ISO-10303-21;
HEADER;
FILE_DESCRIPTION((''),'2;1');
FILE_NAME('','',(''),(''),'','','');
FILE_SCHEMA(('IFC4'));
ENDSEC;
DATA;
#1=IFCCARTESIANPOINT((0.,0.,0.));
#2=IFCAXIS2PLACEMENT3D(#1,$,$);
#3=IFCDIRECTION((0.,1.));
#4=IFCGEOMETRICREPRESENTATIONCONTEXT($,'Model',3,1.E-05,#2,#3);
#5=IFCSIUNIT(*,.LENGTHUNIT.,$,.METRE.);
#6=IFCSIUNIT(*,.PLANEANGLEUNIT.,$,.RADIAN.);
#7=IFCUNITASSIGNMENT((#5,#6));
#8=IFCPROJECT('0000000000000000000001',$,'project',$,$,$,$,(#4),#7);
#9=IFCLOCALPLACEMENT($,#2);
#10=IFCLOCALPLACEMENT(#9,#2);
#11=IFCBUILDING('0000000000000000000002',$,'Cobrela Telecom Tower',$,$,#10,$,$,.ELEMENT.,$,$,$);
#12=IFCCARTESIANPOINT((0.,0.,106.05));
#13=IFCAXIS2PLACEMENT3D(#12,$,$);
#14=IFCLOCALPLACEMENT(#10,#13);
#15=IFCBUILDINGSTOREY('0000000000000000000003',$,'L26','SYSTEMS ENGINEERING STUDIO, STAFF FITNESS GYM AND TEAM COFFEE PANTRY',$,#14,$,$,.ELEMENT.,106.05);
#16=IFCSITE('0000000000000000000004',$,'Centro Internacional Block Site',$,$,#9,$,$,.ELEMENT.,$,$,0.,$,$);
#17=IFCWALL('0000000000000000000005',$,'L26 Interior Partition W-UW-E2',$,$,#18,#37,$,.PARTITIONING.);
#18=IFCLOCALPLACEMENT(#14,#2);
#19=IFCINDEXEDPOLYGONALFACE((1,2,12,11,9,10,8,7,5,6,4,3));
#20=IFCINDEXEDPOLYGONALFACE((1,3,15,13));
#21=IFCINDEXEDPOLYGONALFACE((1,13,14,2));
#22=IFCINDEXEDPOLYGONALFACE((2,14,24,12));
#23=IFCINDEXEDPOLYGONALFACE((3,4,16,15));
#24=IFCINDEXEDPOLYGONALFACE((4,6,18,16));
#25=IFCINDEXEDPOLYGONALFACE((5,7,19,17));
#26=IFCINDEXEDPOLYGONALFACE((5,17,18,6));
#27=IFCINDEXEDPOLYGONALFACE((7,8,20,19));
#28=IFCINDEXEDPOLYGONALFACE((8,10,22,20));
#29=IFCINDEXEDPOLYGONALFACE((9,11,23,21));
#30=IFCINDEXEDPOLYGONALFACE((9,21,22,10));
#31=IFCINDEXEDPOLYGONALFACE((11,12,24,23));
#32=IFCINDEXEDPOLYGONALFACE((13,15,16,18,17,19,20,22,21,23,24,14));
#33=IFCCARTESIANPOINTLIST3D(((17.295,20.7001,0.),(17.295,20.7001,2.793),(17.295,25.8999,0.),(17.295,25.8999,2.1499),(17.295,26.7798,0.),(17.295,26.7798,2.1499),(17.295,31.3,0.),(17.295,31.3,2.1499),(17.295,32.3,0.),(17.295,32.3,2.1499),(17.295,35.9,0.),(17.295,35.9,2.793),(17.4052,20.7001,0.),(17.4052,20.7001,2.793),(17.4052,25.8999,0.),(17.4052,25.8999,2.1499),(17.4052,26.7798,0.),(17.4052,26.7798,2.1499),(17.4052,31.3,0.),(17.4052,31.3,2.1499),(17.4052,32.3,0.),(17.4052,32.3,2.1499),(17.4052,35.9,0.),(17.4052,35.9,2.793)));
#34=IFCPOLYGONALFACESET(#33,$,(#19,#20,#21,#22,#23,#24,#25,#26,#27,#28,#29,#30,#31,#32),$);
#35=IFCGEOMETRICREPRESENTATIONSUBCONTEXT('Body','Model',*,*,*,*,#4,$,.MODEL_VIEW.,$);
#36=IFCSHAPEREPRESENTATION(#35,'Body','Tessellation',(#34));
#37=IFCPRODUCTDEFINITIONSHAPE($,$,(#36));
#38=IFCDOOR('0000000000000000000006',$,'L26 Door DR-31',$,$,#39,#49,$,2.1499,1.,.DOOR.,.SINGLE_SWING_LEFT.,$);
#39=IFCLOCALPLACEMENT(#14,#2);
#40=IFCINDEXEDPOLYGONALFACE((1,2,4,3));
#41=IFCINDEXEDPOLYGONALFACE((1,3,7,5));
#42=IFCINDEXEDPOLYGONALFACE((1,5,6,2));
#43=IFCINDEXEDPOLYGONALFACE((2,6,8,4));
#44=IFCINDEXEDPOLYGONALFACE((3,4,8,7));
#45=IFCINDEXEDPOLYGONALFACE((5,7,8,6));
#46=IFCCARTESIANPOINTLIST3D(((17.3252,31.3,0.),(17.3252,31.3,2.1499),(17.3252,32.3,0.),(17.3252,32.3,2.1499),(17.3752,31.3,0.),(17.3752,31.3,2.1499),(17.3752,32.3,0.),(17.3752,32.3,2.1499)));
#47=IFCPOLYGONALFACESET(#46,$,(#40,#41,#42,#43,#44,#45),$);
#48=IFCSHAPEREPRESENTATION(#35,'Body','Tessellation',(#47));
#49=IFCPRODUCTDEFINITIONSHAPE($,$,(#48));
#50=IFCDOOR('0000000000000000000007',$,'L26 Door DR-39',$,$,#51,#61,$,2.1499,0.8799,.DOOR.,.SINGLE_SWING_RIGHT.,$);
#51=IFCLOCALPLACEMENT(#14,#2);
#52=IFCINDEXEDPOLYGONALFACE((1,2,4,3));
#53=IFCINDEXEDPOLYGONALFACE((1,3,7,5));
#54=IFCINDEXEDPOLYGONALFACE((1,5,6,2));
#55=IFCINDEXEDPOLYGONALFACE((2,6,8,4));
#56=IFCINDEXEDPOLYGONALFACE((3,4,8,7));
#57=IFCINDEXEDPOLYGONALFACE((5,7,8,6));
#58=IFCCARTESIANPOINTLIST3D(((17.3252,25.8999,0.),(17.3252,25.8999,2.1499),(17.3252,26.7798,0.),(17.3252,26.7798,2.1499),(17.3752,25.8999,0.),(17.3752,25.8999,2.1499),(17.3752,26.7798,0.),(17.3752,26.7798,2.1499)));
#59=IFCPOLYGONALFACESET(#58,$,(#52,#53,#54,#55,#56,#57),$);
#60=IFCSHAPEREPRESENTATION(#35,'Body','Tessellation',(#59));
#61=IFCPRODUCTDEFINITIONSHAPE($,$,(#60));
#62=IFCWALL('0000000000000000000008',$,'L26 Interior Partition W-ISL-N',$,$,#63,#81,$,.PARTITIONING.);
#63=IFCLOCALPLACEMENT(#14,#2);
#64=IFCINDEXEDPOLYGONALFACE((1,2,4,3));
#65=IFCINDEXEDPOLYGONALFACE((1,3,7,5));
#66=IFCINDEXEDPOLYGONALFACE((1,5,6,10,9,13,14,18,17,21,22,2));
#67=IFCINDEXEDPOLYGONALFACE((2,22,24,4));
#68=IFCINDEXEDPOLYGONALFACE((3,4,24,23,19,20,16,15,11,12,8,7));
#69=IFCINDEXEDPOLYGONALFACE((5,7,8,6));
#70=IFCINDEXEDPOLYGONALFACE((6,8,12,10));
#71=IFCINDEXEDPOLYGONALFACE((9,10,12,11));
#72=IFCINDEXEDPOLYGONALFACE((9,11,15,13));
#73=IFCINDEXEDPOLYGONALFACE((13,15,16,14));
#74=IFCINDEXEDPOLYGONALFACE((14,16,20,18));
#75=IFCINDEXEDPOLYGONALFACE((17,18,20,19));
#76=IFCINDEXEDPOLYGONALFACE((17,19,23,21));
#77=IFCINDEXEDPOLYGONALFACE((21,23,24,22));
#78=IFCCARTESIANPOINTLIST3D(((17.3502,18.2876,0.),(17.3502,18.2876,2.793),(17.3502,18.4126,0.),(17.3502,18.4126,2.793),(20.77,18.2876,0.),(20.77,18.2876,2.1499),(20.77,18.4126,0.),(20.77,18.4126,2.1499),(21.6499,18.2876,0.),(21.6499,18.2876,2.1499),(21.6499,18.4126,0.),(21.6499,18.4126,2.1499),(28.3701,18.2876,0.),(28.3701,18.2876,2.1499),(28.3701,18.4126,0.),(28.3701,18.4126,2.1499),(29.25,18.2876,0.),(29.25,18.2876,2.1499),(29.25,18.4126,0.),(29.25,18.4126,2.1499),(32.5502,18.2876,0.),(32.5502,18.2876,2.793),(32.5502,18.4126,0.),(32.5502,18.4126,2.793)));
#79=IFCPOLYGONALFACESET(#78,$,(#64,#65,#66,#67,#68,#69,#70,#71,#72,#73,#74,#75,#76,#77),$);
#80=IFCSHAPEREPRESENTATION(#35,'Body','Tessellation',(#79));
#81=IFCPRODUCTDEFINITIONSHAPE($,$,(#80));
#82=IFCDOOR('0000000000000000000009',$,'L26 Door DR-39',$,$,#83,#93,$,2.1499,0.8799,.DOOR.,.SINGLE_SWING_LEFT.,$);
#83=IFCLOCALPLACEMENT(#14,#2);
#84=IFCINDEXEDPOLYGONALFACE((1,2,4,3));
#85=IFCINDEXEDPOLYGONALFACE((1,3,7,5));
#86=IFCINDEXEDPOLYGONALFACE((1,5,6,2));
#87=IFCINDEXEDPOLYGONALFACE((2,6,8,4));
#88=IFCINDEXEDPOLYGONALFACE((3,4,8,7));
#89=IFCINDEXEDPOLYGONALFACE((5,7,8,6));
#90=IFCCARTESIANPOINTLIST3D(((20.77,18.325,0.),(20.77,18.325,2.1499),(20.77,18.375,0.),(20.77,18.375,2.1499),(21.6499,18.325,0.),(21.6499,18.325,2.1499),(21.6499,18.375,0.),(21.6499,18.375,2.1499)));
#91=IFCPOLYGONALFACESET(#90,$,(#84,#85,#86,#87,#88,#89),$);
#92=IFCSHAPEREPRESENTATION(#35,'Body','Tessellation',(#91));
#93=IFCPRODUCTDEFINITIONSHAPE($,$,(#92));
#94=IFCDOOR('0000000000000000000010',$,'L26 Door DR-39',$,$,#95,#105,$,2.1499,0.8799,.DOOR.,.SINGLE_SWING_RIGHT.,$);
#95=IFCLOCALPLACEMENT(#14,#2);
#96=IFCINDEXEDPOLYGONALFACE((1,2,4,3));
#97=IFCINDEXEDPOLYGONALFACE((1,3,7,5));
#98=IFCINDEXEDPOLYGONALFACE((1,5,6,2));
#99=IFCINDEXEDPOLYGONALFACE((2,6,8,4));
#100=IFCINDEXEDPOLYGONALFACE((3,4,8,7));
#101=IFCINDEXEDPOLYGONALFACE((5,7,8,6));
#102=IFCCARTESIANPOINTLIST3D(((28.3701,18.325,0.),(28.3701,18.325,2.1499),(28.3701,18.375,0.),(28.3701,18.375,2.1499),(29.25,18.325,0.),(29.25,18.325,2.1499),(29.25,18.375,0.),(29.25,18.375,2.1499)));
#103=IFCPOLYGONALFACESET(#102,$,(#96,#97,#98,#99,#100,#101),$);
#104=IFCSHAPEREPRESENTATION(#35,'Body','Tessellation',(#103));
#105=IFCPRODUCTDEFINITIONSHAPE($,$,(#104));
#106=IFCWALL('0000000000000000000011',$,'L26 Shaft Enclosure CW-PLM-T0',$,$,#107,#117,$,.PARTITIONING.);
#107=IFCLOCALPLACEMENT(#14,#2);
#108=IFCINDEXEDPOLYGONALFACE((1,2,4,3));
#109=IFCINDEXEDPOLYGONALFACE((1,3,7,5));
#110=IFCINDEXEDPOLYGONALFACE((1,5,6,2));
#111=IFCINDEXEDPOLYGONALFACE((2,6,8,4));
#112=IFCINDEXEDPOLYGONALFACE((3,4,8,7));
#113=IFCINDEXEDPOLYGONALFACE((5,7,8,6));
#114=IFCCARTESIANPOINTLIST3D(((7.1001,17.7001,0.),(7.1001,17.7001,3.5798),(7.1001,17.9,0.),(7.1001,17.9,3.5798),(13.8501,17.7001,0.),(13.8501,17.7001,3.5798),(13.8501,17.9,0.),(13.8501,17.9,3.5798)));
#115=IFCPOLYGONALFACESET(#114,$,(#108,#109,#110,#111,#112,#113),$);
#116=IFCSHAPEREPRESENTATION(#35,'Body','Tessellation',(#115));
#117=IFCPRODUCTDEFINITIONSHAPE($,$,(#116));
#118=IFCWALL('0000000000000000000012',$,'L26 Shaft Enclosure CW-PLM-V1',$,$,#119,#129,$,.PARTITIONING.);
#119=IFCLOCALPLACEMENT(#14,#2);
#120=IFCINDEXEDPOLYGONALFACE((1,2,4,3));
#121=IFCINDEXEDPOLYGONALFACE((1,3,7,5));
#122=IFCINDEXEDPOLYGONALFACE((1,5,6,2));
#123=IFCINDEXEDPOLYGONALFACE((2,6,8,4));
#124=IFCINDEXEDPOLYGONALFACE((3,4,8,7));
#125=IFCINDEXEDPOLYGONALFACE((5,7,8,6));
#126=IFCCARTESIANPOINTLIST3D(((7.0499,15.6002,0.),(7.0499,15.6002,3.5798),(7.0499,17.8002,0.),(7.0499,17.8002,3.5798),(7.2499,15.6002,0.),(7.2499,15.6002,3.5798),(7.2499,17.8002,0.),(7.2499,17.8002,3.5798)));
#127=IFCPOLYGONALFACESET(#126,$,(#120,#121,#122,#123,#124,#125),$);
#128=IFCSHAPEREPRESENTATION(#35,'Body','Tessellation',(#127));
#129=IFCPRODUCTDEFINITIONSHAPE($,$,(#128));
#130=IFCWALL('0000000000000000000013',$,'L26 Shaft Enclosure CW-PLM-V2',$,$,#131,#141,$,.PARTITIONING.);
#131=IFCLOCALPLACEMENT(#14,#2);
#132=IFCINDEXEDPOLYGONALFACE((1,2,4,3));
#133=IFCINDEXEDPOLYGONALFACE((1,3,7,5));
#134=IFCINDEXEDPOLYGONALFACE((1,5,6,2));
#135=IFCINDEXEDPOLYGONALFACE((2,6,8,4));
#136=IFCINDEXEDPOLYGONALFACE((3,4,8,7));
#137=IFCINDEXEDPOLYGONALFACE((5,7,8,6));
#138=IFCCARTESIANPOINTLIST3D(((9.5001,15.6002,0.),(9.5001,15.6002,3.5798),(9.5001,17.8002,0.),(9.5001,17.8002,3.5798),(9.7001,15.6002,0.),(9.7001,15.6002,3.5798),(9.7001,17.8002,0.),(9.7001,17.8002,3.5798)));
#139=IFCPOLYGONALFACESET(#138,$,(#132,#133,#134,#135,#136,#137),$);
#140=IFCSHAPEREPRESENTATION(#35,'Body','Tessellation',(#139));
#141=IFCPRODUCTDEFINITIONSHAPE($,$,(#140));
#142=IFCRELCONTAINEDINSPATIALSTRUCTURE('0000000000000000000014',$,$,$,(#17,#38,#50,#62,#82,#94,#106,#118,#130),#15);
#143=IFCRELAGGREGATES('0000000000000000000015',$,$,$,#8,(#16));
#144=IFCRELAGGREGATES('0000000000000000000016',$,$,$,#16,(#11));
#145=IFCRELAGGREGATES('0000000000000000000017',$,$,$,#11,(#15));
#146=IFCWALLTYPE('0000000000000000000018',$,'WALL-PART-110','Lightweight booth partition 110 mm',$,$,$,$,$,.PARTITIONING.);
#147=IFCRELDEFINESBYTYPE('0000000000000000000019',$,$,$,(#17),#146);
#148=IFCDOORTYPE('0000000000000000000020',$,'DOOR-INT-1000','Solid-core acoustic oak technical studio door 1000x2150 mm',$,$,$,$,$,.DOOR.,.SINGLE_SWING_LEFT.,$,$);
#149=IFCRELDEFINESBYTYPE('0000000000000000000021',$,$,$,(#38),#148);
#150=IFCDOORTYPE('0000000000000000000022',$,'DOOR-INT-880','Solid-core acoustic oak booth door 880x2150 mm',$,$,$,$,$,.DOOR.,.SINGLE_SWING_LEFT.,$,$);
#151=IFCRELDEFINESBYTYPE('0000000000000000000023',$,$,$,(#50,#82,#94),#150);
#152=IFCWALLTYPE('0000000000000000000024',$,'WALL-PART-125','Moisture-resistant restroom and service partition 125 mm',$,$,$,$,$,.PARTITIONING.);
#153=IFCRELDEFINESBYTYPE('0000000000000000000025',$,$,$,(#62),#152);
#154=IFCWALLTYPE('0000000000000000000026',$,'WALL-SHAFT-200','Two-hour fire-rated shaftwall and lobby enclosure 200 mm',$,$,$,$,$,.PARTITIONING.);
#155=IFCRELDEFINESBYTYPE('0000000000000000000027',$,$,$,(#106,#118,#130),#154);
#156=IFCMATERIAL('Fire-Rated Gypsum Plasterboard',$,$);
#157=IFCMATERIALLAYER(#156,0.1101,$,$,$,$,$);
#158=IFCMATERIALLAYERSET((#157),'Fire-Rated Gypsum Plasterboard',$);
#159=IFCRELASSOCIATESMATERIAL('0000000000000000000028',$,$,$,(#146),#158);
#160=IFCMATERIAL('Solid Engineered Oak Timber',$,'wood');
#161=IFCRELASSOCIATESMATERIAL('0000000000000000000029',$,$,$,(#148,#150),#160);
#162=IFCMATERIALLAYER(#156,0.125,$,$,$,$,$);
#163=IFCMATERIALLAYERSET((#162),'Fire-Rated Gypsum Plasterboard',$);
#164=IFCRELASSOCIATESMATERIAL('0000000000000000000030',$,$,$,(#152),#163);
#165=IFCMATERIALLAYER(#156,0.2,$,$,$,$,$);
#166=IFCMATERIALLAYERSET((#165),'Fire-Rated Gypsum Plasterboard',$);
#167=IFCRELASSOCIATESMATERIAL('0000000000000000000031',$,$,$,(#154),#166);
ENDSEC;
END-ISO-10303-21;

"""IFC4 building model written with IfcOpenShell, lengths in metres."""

from ifc_helpers import new_model, si_unit, direction, frame, frame_2d, origin, place, context, subcontext, project, spatial, rectangle, extrude, material, layer, layer_set, type_object, element, fill, save


model = new_model("IFC4")

# Units and contexts
model_context = context("Model", 3, precision=1e-05, world=origin(), true_north=direction((0.0, 1.0)))
body_context = subcontext(model_context, "Body", "Model", "MODEL_VIEW")
ifc_project = project(units=[si_unit("LENGTHUNIT", "METRE"), si_unit("PLANEANGLEUNIT", "RADIAN")], contexts=[model_context])

# Site, building, storey
site_placement = place(None, origin())
site = spatial("IfcSite", under=ifc_project, at=site_placement, Name="Centro Internacional Block Site", CompositionType="ELEMENT", RefElevation=0.0)
building_placement = place(site_placement, origin())
building = spatial("IfcBuilding", under=site, at=building_placement, Name="Cobrela Telecom Tower", CompositionType="ELEMENT")
storey_placement = place(building_placement, frame((0.0, 0.0, 106.05)))
storey = spatial("IfcBuildingStorey", under=building, at=storey_placement, Name="L26", Description="SYSTEMS ENGINEERING STUDIO, STAFF FITNESS GYM AND TEAM COFFEE PANTRY", CompositionType="ELEMENT", Elevation=106.05)

# Walls, openings, doors
ifc_material_1 = material(Name="Fire-Rated Gypsum Plasterboard")
ifc_layer_1 = layer(ifc_material_1, 0.1101)
ifc_layer_set_1 = layer_set([ifc_layer_1], Name="Fire-Rated Gypsum Plasterboard")
wall_type_1 = type_object("IfcWallType", Name="WALL-PART-110", Description="Lightweight booth partition 110 mm", PredefinedType="PARTITIONING", material=ifc_layer_set_1)
wall_1_placement = place(storey_placement, frame((17.3501, 20.7, 0.0), z_axis=(0.0, 0.0, 1.0), x_axis=(0.0, 1.0, 0.0)))
wall_1 = element("IfcWall", 1, at=wall_1_placement, inside=storey, type_object=wall_type_1, Name="L26 Interior Partition W-UW-E2", PredefinedType="PARTITIONING", context=body_context, shape_type="SweptSolid", body=[
    extrude(rectangle(XDim=15.2, YDim=0.1101, at=frame_2d((7.6001, 0.0))), origin(), (0.0, 0.0, 1.0), 2.793),
])
opening_1_placement = place(wall_1_placement, frame((5.2, 0.0, 0.0)))
opening_1 = element("IfcOpeningElement", 2, at=opening_1_placement, cuts=wall_1, PredefinedType="OPENING", context=body_context, shape_type="SweptSolid", body=[
    extrude(rectangle(XDim=0.8799, YDim=2.1499, at=frame_2d((0.4399, 1.075))), frame((0.0, 0.0669, 0.0), z_axis=(0.0, -1.0, 0.0), x_axis=(1.0, 0.0, 0.0)), (0.0, 0.0, 1.0), 0.134),
])
opening_2_placement = place(wall_1_placement, frame((10.6001, 0.0, 0.0)))
opening_2 = element("IfcOpeningElement", 3, at=opening_2_placement, cuts=wall_1, PredefinedType="OPENING", context=body_context, shape_type="SweptSolid", body=[
    extrude(rectangle(XDim=1.0, YDim=2.1499, at=frame_2d((0.5, 1.075))), frame((0.0, 0.0669, 0.0), z_axis=(0.0, -1.0, 0.0), x_axis=(1.0, 0.0, 0.0)), (0.0, 0.0, 1.0), 0.134),
])
ifc_material_2 = material(Name="Solid Engineered Oak Timber", Category="wood")
door_type_1 = type_object("IfcDoorType", Name="DOOR-INT-1000", Description="Solid-core acoustic oak technical studio door 1000x2150 mm", OperationType="SINGLE_SWING_LEFT", PredefinedType="DOOR", material=ifc_material_2)
door_1_placement = place(opening_2_placement, origin())
door_1 = element("IfcDoor", 4, at=door_1_placement, inside=storey, type_object=door_type_1, Name="L26 Door DR-31", OperationType="SINGLE_SWING_LEFT", OverallHeight=2.1499, OverallWidth=1.0, PredefinedType="DOOR", context=body_context, shape_type="SweptSolid", body=[
    extrude(rectangle(XDim=1.0, YDim=2.1499, at=frame_2d((0.5, 1.075))), frame((0.0, 0.0249, 0.0), z_axis=(0.0, -1.0, 0.0), x_axis=(1.0, 0.0, 0.0)), (0.0, 0.0, 1.0), 0.05),
])
fill(opening_2, door_1)
door_type_2 = type_object("IfcDoorType", Name="DOOR-INT-880", Description="Solid-core acoustic oak booth door 880x2150 mm", OperationType="SINGLE_SWING_LEFT", PredefinedType="DOOR", material=ifc_material_2)
door_2_placement = place(opening_1_placement, origin())
door_2 = element("IfcDoor", 5, at=door_2_placement, inside=storey, type_object=door_type_2, Name="L26 Door DR-39", OperationType="SINGLE_SWING_RIGHT", OverallHeight=2.1499, OverallWidth=0.8799, PredefinedType="DOOR", context=body_context, shape_type="SweptSolid", body=[
    extrude(rectangle(XDim=0.8799, YDim=2.1499, at=frame_2d((0.4399, 1.075))), frame((0.0, 0.0249, 0.0), z_axis=(0.0, -1.0, 0.0), x_axis=(1.0, 0.0, 0.0)), (0.0, 0.0, 1.0), 0.05),
])
fill(opening_1, door_2)
ifc_layer_2 = layer(ifc_material_1, 0.125)
ifc_layer_set_2 = layer_set([ifc_layer_2], Name="Fire-Rated Gypsum Plasterboard")
wall_type_2 = type_object("IfcWallType", Name="WALL-PART-125", Description="Moisture-resistant restroom and service partition 125 mm", PredefinedType="PARTITIONING", material=ifc_layer_set_2)
wall_2_placement = place(storey_placement, frame((17.3501, 18.3501, 0.0), z_axis=(0.0, 0.0, 1.0), x_axis=(1.0, 0.0, 0.0)))
wall_2 = element("IfcWall", 6, at=wall_2_placement, inside=storey, type_object=wall_type_2, Name="L26 Interior Partition W-ISL-N", PredefinedType="PARTITIONING", context=body_context, shape_type="SweptSolid", body=[
    extrude(rectangle(XDim=15.2, YDim=0.125, at=frame_2d((7.6001, 0.0))), origin(), (0.0, 0.0, 1.0), 2.793),
])
opening_3_placement = place(wall_2_placement, frame((3.4199, 0.0, 0.0)))
opening_3 = element("IfcOpeningElement", 7, at=opening_3_placement, cuts=wall_2, PredefinedType="OPENING", context=body_context, shape_type="SweptSolid", body=[
    extrude(rectangle(XDim=0.8799, YDim=2.1499, at=frame_2d((0.4399, 1.075))), frame((0.0, 0.0745, 0.0), z_axis=(0.0, -1.0, 0.0), x_axis=(1.0, 0.0, 0.0)), (0.0, 0.0, 1.0), 0.1489),
])
opening_4_placement = place(wall_2_placement, frame((11.02, 0.0, 0.0)))
opening_4 = element("IfcOpeningElement", 8, at=opening_4_placement, cuts=wall_2, PredefinedType="OPENING", context=body_context, shape_type="SweptSolid", body=[
    extrude(rectangle(XDim=0.8799, YDim=2.1499, at=frame_2d((0.4399, 1.075))), frame((0.0, 0.0745, 0.0), z_axis=(0.0, -1.0, 0.0), x_axis=(1.0, 0.0, 0.0)), (0.0, 0.0, 1.0), 0.1489),
])
door_3_placement = place(opening_3_placement, origin())
door_3 = element("IfcDoor", 9, at=door_3_placement, inside=storey, type_object=door_type_2, Name="L26 Door DR-39", OperationType="SINGLE_SWING_LEFT", OverallHeight=2.1499, OverallWidth=0.8799, PredefinedType="DOOR", context=body_context, shape_type="SweptSolid", body=[
    extrude(rectangle(XDim=0.8799, YDim=2.1499, at=frame_2d((0.4399, 1.075))), frame((0.0, 0.0249, 0.0), z_axis=(0.0, -1.0, 0.0), x_axis=(1.0, 0.0, 0.0)), (0.0, 0.0, 1.0), 0.05),
])
fill(opening_3, door_3)
door_4_placement = place(opening_4_placement, origin())
door_4 = element("IfcDoor", 10, at=door_4_placement, inside=storey, type_object=door_type_2, Name="L26 Door DR-39", OperationType="SINGLE_SWING_RIGHT", OverallHeight=2.1499, OverallWidth=0.8799, PredefinedType="DOOR", context=body_context, shape_type="SweptSolid", body=[
    extrude(rectangle(XDim=0.8799, YDim=2.1499, at=frame_2d((0.4399, 1.075))), frame((0.0, 0.0249, 0.0), z_axis=(0.0, -1.0, 0.0), x_axis=(1.0, 0.0, 0.0)), (0.0, 0.0, 1.0), 0.05),
])
fill(opening_4, door_4)

# Walls
ifc_layer_3 = layer(ifc_material_1, 0.2)
ifc_layer_set_3 = layer_set([ifc_layer_3], Name="Fire-Rated Gypsum Plasterboard")
wall_type_3 = type_object("IfcWallType", Name="WALL-SHAFT-200", Description="Two-hour fire-rated shaftwall and lobby enclosure 200 mm", PredefinedType="PARTITIONING", material=ifc_layer_set_3)
wall_3_placement = place(storey_placement, frame((7.1001, 17.8, 0.0), z_axis=(0.0, 0.0, 1.0), x_axis=(1.0, 0.0, 0.0)))
element("IfcWall", 11, at=wall_3_placement, inside=storey, type_object=wall_type_3, Name="L26 Shaft Enclosure CW-PLM-T0", PredefinedType="PARTITIONING", context=body_context, shape_type="SweptSolid", body=[
    extrude(rectangle(XDim=6.75, YDim=0.2, at=frame_2d((3.375, 0.0))), origin(), (0.0, 0.0, 1.0), 3.5798),
])
for number, where, z_axis, x_axis, name in (
    (12, (7.1499, 15.6001, 0.0), (0.0, 0.0, 1.0), (0.0, 1.0, 0.0), "L26 Shaft Enclosure CW-PLM-V1"),
    (13, (9.6001, 15.6001, 0.0), (0.0, 0.0, 1.0), (0.0, 1.0, 0.0), "L26 Shaft Enclosure CW-PLM-V2"),
):
    element("IfcWall", number, at=place(storey_placement, frame(where, z_axis=z_axis, x_axis=x_axis)), inside=storey, type_object=wall_type_3, Name=name, PredefinedType="PARTITIONING", context=body_context, shape_type="SweptSolid", body=[
        extrude(rectangle(XDim=2.2, YDim=0.2, at=frame_2d((1.1001, 0.0))), origin(), (0.0, 0.0, 1.0), 3.5798),
    ])

save(model, "model.ifc")
